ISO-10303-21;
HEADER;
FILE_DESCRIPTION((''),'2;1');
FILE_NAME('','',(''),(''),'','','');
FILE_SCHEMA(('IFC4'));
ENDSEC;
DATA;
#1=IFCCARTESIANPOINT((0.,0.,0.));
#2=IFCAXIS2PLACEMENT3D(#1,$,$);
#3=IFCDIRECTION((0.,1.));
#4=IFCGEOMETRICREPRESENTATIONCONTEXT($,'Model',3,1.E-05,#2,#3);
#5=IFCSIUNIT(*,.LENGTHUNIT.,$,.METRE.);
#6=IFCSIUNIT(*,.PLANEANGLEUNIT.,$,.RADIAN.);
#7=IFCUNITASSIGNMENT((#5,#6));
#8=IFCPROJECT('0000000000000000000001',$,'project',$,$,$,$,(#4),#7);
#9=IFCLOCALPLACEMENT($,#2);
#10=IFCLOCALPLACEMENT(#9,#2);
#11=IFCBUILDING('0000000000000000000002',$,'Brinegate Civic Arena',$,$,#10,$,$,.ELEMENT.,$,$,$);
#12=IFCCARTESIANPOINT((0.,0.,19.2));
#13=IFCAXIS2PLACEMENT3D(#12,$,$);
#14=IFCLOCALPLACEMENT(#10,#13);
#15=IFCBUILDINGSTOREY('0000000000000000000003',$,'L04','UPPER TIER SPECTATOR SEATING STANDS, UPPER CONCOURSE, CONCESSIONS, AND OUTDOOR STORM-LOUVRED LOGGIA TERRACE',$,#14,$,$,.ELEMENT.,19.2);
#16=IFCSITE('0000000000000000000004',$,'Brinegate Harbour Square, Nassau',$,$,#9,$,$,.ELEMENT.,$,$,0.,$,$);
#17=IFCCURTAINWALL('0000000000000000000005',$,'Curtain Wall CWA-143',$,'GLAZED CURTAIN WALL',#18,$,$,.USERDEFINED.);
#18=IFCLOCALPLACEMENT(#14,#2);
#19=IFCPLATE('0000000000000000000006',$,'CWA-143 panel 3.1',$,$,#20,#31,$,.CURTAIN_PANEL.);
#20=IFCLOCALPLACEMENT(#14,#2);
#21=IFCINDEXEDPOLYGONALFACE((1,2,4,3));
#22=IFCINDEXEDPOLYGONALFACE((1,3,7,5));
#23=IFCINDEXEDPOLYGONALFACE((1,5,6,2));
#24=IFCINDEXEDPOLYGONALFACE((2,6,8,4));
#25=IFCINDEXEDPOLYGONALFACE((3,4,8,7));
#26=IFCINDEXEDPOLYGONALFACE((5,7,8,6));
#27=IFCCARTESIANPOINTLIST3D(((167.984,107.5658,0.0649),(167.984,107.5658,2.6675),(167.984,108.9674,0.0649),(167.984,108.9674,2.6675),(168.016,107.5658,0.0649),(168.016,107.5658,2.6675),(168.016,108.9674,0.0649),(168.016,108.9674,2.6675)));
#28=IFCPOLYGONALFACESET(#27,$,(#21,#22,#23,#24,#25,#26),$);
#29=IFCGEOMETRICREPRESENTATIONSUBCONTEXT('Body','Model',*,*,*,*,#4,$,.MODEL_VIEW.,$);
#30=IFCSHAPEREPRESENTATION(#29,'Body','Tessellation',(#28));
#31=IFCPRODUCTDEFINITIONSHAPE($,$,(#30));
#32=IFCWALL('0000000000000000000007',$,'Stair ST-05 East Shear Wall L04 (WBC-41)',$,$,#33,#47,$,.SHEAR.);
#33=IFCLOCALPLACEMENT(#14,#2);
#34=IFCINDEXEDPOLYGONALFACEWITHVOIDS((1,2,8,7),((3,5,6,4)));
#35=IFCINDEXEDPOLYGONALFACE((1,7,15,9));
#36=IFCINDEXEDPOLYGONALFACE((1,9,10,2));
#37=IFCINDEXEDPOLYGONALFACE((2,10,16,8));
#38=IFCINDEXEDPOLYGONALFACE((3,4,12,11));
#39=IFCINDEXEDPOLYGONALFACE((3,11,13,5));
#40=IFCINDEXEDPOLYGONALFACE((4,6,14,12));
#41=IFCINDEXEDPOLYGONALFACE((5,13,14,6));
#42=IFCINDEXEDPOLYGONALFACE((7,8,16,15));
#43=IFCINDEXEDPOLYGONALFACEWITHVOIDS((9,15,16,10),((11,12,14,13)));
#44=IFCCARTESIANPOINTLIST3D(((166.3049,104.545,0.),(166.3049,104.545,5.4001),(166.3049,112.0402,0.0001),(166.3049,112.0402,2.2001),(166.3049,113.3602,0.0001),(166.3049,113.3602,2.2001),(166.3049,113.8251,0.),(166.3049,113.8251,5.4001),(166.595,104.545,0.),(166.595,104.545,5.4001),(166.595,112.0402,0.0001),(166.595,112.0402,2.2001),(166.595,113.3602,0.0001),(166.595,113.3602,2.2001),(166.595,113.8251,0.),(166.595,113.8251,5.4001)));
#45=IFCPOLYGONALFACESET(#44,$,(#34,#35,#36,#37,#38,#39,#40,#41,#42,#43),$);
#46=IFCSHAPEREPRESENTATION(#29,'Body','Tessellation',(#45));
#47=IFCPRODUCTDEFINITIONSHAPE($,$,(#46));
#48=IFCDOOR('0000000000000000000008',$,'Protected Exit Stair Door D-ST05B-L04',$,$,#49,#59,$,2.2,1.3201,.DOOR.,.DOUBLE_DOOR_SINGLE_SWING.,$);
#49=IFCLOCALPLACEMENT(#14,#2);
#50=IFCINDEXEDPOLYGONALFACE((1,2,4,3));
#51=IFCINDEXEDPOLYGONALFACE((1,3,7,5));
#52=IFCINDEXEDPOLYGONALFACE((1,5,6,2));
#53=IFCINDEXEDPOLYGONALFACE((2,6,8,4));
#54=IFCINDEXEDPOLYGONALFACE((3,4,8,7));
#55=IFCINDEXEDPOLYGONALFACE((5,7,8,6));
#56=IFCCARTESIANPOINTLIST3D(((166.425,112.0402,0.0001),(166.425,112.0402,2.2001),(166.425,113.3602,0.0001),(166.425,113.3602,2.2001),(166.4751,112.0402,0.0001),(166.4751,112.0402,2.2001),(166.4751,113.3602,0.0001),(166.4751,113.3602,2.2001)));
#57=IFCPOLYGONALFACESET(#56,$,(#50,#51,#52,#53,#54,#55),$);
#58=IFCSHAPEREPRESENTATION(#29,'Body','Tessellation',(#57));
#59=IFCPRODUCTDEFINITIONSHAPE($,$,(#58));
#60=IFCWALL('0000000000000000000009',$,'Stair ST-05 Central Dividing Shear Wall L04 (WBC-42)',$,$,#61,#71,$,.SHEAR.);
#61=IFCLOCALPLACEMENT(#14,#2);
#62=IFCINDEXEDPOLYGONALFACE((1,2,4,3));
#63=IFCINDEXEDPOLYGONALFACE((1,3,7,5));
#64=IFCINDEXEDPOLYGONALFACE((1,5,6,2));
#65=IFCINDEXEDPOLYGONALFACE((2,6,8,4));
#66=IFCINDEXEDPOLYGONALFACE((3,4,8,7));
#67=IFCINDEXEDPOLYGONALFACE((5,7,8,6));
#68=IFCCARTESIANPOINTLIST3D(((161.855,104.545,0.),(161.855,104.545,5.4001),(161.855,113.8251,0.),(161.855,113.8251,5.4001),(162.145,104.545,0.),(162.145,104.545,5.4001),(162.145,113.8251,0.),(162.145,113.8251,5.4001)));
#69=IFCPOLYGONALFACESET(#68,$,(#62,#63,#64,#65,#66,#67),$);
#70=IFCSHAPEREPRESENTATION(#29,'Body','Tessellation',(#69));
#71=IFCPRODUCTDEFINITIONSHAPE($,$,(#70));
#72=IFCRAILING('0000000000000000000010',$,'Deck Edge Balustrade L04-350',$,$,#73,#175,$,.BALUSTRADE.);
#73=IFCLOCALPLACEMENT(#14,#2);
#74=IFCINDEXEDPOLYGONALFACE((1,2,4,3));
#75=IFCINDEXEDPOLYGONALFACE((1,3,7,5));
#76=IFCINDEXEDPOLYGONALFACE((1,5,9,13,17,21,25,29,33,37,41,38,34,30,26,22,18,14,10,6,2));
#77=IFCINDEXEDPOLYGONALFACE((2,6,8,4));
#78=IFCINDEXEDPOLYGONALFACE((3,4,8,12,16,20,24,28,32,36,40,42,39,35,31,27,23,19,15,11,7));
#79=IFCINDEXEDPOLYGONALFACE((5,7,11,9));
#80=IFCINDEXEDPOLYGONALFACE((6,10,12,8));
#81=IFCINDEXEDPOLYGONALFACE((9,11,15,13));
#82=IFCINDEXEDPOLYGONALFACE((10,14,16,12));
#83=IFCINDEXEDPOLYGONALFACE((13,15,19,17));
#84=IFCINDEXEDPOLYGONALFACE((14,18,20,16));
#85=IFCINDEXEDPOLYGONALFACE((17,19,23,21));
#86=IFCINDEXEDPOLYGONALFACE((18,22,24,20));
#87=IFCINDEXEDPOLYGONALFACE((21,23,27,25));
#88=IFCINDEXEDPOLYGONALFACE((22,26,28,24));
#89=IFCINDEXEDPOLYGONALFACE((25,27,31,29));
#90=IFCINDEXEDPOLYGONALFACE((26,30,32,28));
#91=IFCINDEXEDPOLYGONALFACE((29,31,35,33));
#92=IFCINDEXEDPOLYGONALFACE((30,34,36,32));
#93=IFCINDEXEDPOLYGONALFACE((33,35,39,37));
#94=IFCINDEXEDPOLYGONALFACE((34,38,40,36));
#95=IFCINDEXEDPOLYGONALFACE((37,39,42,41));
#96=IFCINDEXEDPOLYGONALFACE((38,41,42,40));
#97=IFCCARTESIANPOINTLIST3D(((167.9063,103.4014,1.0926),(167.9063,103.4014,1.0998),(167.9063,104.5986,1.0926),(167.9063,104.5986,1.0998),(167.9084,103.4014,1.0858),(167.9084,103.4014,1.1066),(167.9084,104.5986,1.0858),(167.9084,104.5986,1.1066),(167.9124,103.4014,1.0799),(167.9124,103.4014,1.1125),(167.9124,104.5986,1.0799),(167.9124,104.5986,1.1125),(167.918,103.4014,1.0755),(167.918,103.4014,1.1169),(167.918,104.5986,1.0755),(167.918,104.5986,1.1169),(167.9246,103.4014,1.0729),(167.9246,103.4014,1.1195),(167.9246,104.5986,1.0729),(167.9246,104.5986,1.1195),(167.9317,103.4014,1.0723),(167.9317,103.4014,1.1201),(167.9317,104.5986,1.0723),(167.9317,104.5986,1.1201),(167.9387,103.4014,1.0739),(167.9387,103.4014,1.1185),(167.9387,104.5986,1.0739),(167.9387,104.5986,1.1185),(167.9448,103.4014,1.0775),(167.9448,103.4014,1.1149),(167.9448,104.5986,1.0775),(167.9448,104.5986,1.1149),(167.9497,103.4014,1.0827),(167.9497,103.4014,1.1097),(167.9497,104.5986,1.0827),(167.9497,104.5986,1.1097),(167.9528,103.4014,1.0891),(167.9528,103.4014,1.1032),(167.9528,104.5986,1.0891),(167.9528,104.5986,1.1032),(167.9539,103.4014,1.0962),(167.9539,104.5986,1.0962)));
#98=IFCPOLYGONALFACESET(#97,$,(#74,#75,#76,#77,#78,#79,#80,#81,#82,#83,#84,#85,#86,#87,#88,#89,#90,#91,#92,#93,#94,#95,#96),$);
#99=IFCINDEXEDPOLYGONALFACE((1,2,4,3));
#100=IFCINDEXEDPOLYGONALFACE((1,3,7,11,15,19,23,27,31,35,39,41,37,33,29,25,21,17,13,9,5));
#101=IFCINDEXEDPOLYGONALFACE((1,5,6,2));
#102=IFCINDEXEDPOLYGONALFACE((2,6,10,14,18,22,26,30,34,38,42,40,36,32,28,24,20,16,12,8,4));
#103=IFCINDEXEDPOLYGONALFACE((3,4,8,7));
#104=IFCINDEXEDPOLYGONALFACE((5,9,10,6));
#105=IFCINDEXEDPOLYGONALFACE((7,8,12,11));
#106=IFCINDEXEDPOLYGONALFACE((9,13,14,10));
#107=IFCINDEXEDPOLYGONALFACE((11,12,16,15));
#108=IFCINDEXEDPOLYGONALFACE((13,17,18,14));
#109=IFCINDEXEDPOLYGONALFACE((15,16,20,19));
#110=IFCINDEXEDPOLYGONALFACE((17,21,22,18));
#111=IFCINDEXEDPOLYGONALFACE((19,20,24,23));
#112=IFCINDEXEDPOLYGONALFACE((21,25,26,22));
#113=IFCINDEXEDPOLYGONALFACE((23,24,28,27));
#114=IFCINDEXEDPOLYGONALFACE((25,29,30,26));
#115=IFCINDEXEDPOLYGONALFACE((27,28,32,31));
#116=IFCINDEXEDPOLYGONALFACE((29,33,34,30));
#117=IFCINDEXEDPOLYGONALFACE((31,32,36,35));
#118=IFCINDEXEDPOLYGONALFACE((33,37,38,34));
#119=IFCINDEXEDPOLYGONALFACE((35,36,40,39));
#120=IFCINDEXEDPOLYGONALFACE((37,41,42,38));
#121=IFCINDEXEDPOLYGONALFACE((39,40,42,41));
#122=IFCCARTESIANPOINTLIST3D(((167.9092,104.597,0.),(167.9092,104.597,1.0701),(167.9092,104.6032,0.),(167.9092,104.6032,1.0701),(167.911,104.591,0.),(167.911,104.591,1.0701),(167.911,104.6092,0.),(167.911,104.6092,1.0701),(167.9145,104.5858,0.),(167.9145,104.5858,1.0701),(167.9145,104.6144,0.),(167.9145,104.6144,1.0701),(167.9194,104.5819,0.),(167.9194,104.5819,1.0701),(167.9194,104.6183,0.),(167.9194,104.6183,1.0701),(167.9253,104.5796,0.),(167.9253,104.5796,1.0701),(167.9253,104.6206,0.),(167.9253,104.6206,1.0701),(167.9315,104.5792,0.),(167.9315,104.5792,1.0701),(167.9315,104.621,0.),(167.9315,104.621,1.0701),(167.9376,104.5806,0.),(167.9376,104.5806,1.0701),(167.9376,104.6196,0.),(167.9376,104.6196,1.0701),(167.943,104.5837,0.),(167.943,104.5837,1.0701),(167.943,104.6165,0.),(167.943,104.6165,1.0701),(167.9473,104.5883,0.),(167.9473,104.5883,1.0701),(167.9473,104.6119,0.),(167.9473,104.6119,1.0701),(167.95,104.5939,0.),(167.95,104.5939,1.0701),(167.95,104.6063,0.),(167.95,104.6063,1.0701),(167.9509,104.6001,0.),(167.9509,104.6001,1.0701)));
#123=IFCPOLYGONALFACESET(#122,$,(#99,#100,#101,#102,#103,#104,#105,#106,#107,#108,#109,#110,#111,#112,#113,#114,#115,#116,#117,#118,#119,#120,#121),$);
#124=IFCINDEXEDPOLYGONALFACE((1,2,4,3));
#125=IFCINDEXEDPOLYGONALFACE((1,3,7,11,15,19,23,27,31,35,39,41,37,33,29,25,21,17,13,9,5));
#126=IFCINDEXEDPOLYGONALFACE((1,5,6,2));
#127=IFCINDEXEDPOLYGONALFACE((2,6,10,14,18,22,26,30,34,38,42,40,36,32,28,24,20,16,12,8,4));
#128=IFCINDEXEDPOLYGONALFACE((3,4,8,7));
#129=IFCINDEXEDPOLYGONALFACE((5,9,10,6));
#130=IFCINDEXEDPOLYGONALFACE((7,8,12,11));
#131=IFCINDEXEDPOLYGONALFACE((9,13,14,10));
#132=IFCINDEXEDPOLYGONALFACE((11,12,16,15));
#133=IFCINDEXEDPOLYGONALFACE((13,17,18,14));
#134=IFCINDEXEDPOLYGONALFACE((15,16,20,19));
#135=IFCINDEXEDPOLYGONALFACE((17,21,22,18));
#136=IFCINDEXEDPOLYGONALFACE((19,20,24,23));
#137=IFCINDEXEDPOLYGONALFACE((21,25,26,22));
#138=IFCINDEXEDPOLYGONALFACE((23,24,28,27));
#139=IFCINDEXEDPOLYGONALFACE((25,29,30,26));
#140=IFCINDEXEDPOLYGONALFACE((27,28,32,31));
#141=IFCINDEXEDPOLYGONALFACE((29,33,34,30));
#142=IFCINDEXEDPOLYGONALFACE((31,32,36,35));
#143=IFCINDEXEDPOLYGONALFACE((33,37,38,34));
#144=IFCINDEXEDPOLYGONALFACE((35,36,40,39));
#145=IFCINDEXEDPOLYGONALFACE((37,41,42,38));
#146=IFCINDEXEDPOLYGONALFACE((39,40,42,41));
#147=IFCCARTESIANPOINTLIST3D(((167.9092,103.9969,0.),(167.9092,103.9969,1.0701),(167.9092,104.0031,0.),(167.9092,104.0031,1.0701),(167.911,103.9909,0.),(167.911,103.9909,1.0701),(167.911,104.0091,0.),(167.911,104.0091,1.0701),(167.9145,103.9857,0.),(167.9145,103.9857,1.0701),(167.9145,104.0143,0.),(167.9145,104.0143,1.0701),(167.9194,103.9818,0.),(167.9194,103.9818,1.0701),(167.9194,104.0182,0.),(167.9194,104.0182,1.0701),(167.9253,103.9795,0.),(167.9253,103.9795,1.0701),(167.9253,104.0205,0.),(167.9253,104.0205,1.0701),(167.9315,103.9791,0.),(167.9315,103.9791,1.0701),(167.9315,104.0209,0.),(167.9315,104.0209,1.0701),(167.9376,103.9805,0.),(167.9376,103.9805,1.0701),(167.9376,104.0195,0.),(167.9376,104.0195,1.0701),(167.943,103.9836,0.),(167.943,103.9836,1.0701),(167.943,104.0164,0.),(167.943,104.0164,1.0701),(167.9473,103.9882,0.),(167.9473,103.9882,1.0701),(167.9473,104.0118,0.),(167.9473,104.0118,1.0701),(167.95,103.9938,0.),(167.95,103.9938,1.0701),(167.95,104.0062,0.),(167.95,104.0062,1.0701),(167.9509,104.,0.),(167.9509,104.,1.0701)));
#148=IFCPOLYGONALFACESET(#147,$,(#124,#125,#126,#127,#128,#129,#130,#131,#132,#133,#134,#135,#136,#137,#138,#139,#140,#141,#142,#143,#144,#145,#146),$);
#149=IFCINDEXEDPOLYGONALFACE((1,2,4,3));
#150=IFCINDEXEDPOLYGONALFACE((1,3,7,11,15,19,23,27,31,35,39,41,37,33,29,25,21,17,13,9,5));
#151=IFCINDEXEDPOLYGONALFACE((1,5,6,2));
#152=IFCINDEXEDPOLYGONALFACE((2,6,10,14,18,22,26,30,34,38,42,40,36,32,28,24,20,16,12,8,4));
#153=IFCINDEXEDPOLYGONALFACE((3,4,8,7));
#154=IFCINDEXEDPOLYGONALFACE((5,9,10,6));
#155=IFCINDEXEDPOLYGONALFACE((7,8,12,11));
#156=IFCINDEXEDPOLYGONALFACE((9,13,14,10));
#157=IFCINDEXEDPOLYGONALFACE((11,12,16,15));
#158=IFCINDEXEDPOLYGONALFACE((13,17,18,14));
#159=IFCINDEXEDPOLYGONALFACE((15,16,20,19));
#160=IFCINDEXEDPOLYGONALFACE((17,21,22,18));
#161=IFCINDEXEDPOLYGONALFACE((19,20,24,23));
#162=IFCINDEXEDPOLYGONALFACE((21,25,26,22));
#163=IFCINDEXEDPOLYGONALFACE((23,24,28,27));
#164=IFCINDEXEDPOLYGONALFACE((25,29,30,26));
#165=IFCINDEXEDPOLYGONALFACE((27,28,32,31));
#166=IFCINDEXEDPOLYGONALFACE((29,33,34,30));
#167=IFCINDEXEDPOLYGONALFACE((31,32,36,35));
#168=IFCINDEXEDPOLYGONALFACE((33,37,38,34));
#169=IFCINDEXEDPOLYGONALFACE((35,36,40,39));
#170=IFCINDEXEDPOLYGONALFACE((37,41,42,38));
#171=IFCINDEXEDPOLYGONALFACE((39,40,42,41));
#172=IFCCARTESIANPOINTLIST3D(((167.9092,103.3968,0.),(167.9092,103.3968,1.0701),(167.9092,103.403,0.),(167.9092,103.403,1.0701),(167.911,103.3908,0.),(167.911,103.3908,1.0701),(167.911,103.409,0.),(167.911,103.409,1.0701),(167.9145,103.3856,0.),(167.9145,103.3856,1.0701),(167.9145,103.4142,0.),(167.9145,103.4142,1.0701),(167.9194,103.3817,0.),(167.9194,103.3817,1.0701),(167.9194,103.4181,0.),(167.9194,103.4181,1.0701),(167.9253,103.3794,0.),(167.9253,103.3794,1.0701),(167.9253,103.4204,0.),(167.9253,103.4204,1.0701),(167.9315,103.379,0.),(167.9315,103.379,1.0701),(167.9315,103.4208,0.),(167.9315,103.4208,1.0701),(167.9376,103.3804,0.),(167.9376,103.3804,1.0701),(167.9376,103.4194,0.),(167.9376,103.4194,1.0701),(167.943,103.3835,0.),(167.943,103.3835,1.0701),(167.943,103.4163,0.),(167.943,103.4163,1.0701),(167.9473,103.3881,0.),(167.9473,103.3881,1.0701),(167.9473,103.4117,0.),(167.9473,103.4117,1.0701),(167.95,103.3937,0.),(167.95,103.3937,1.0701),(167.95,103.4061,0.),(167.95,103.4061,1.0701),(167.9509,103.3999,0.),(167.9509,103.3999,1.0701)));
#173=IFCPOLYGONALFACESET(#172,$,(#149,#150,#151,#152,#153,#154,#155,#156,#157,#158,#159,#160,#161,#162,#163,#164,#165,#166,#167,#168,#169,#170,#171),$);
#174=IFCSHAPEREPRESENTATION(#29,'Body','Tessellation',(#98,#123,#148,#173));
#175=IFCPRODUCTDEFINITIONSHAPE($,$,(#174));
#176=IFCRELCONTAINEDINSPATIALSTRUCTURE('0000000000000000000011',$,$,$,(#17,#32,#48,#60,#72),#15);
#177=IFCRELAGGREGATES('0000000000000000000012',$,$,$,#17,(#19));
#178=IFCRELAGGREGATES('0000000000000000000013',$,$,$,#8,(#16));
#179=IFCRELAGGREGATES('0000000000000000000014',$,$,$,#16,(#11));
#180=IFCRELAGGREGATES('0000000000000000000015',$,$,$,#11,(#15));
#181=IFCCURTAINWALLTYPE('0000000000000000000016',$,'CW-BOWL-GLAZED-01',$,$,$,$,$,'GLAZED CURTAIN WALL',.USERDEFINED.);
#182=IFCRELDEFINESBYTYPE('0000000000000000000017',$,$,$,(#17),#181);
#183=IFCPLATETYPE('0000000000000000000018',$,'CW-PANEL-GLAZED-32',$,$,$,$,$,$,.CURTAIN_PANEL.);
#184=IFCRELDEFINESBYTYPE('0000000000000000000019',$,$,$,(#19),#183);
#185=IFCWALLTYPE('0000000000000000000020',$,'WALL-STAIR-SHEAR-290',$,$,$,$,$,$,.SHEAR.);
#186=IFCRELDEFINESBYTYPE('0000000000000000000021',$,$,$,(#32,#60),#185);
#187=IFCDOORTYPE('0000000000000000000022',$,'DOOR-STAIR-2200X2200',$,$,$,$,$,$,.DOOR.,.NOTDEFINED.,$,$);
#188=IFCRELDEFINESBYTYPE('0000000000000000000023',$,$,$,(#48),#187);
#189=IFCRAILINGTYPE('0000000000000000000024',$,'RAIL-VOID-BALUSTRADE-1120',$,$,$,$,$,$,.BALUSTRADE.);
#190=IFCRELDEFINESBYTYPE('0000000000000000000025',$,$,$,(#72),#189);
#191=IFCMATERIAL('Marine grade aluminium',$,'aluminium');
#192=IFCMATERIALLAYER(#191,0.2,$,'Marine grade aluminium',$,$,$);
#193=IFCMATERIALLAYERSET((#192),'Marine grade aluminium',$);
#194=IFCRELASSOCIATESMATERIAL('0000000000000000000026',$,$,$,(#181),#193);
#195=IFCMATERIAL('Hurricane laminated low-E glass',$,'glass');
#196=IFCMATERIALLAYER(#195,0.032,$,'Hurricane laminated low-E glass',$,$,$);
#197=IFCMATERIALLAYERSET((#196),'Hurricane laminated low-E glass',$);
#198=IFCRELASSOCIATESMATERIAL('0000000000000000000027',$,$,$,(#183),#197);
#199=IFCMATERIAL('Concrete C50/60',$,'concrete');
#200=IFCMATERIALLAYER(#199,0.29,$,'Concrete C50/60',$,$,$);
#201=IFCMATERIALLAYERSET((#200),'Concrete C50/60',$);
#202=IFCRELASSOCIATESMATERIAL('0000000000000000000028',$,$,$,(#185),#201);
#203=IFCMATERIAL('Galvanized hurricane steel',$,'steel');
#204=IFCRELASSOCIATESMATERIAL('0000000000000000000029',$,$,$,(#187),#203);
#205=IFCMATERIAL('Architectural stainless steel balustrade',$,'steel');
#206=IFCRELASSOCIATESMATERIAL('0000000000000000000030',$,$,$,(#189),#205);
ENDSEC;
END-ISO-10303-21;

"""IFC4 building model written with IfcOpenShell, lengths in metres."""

from ifc_helpers import new_model, si_unit, direction, frame, frame_2d, origin, origin_2d, place, context, subcontext, project, spatial, rectangle, circle, extrude, material, layer, layer_set, type_object, element, fill, aggregate, save


model = new_model("IFC4")

# Units and contexts
model_context = context("Model", 3, precision=1e-05, world=origin(), true_north=direction((0.0, 1.0)))
body_context = subcontext(model_context, "Body", "Model", "MODEL_VIEW")
ifc_project = project(units=[si_unit("LENGTHUNIT", "METRE"), si_unit("PLANEANGLEUNIT", "RADIAN")], contexts=[model_context])

# Site, building, storey
site_placement = place(None, origin())
site = spatial("IfcSite", under=ifc_project, at=site_placement, Name="Brinegate Harbour Square, Nassau", CompositionType="ELEMENT", RefElevation=0.0)
building_placement = place(site_placement, origin())
building = spatial("IfcBuilding", under=site, at=building_placement, Name="Brinegate Civic Arena", CompositionType="ELEMENT")
storey_placement = place(building_placement, frame((0.0, 0.0, 19.2)))
storey = spatial("IfcBuildingStorey", under=building, at=storey_placement, Name="L04", Description="UPPER TIER SPECTATOR SEATING STANDS, UPPER CONCOURSE, CONCESSIONS, AND OUTDOOR STORM-LOUVRED LOGGIA TERRACE", CompositionType="ELEMENT", Elevation=19.2)

# Shared definitions
ifc_material_1 = material(Name="Marine grade aluminium", Category="aluminium")
ifc_layer_1 = layer(ifc_material_1, 0.2, Name="Marine grade aluminium")
ifc_layer_set_1 = layer_set([ifc_layer_1], Name="Marine grade aluminium")
curtain_wall_type = type_object("IfcCurtainWallType", Name="CW-BOWL-GLAZED-01", ElementType="GLAZED CURTAIN WALL", PredefinedType="USERDEFINED", material=ifc_layer_set_1)

# Curtain wall
curtain_wall_1_placement = place(storey_placement, origin())
curtain_wall_1 = element("IfcCurtainWall", 1, at=curtain_wall_1_placement, inside=storey, type_object=curtain_wall_type, Name="Curtain Wall CWA-143", ObjectType="GLAZED CURTAIN WALL", PredefinedType="USERDEFINED")

# Plate
ifc_material_2 = material(Name="Hurricane laminated low-E glass", Category="glass")
ifc_layer_2 = layer(ifc_material_2, 0.032, Name="Hurricane laminated low-E glass")
ifc_layer_set_2 = layer_set([ifc_layer_2], Name="Hurricane laminated low-E glass")
plate_type_1 = type_object("IfcPlateType", Name="CW-PANEL-GLAZED-32", PredefinedType="CURTAIN_PANEL", material=ifc_layer_set_2)
plate_1_placement = place(storey_placement, frame((168.0, 108.2666, 0.0649), z_axis=(0.0, 0.0, 1.0), x_axis=(0.0, 1.0, 0.0)))
plate_1 = element("IfcPlate", 2, at=plate_1_placement, type_object=plate_type_1, Name="CWA-143 panel 3.1", PredefinedType="CURTAIN_PANEL", context=body_context, shape_type="SweptSolid", body=[
    extrude(rectangle(XDim=1.4016, YDim=0.032, at=origin_2d()), origin(), (0.0, 0.0, 1.0), 2.6025),
])
aggregate(curtain_wall_1, [plate_1])

# Wall, opening, door
ifc_material_3 = material(Name="Concrete C50/60", Category="concrete")
ifc_layer_3 = layer(ifc_material_3, 0.29, Name="Concrete C50/60")
ifc_layer_set_3 = layer_set([ifc_layer_3], Name="Concrete C50/60")
wall_type = type_object("IfcWallType", Name="WALL-STAIR-SHEAR-290", PredefinedType="SHEAR", material=ifc_layer_set_3)
wall_1_placement = place(storey_placement, frame((166.45, 104.5449, 0.0), z_axis=(0.0, 0.0, 1.0), x_axis=(0.0, 1.0, 0.0)))
wall_1 = element("IfcWall", 3, at=wall_1_placement, inside=storey, type_object=wall_type, Name="Stair ST-05 East Shear Wall L04 (WBC-41)", PredefinedType="SHEAR", context=body_context, shape_type="SweptSolid", body=[
    extrude(rectangle(XDim=9.28, YDim=0.29, at=frame_2d((4.6401, 0.0))), origin(), (0.0, 0.0, 1.0), 5.4001),
])
opening_placement = place(wall_1_placement, frame((7.4951, 0.0, 0.0)))
opening = element("IfcOpeningElement", 4, at=opening_placement, cuts=wall_1, PredefinedType="OPENING", context=body_context, shape_type="SweptSolid", body=[
    extrude(rectangle(XDim=1.3201, YDim=2.2, at=frame_2d((0.6602, 1.1001))), frame((0.0, 0.155, 0.0), z_axis=(0.0, -1.0, 0.0), x_axis=(1.0, 0.0, 0.0)), (0.0, 0.0, 1.0), 0.3101),
])
ifc_material_4 = material(Name="Galvanized hurricane steel", Category="steel")
door_type = type_object("IfcDoorType", Name="DOOR-STAIR-2200X2200", OperationType="NOTDEFINED", PredefinedType="DOOR", material=ifc_material_4)
door_placement = place(opening_placement, origin())
door = element("IfcDoor", 5, at=door_placement, inside=storey, type_object=door_type, Name="Protected Exit Stair Door D-ST05B-L04", OperationType="DOUBLE_DOOR_SINGLE_SWING", OverallHeight=2.2, OverallWidth=1.3201, PredefinedType="DOOR", context=body_context, shape_type="SweptSolid", body=[
    extrude(rectangle(XDim=1.3201, YDim=2.2, at=frame_2d((0.6602, 1.1001))), frame((0.0, 0.0249, 0.0), z_axis=(0.0, -1.0, 0.0), x_axis=(1.0, 0.0, 0.0)), (0.0, 0.0, 1.0), 0.05),
])
fill(opening, door)

# Wall
wall_2_placement = place(storey_placement, frame((162.0, 104.5449, 0.0), z_axis=(0.0, 0.0, 1.0), x_axis=(0.0, 1.0, 0.0)))
element("IfcWall", 6, at=wall_2_placement, inside=storey, type_object=wall_type, Name="Stair ST-05 Central Dividing Shear Wall L04 (WBC-42)", PredefinedType="SHEAR", context=body_context, shape_type="SweptSolid", body=[
    extrude(rectangle(XDim=9.28, YDim=0.29, at=frame_2d((4.6401, 0.0))), origin(), (0.0, 0.0, 1.0), 5.4001),
])

# Railing
ifc_material_5 = material(Name="Architectural stainless steel balustrade", Category="steel")
railing_type = type_object("IfcRailingType", Name="RAIL-VOID-BALUSTRADE-1120", PredefinedType="BALUSTRADE", material=ifc_material_5)
railing_placement = place(storey_placement, frame((167.9299, 104.6001, 0.0)))
element("IfcRailing", 7, at=railing_placement, inside=storey, type_object=railing_type, Name="Deck Edge Balustrade L04-350", PredefinedType="BALUSTRADE", context=body_context, shape_type="SweptSolid", body=[
    extrude(circle(Radius=0.0239, at=origin_2d()), frame((0.0, -0.0015, 1.0962), z_axis=(0.0, -1.0, 0.0), x_axis=(1.0, 0.0, 0.0)), (0.0, 0.0, 1.0), 1.1973),
    extrude(circle(Radius=0.021, at=origin_2d()), origin(), (0.0, 0.0, 1.0), 1.0701),
    extrude(circle(Radius=0.021, at=origin_2d()), frame((0.0, -0.6001, 0.0)), (0.0, 0.0, 1.0), 1.0701),
    extrude(circle(Radius=0.021, at=origin_2d()), frame((0.0, -1.2002, 0.0)), (0.0, 0.0, 1.0), 1.0701),
])

save(model, "model.ifc")
